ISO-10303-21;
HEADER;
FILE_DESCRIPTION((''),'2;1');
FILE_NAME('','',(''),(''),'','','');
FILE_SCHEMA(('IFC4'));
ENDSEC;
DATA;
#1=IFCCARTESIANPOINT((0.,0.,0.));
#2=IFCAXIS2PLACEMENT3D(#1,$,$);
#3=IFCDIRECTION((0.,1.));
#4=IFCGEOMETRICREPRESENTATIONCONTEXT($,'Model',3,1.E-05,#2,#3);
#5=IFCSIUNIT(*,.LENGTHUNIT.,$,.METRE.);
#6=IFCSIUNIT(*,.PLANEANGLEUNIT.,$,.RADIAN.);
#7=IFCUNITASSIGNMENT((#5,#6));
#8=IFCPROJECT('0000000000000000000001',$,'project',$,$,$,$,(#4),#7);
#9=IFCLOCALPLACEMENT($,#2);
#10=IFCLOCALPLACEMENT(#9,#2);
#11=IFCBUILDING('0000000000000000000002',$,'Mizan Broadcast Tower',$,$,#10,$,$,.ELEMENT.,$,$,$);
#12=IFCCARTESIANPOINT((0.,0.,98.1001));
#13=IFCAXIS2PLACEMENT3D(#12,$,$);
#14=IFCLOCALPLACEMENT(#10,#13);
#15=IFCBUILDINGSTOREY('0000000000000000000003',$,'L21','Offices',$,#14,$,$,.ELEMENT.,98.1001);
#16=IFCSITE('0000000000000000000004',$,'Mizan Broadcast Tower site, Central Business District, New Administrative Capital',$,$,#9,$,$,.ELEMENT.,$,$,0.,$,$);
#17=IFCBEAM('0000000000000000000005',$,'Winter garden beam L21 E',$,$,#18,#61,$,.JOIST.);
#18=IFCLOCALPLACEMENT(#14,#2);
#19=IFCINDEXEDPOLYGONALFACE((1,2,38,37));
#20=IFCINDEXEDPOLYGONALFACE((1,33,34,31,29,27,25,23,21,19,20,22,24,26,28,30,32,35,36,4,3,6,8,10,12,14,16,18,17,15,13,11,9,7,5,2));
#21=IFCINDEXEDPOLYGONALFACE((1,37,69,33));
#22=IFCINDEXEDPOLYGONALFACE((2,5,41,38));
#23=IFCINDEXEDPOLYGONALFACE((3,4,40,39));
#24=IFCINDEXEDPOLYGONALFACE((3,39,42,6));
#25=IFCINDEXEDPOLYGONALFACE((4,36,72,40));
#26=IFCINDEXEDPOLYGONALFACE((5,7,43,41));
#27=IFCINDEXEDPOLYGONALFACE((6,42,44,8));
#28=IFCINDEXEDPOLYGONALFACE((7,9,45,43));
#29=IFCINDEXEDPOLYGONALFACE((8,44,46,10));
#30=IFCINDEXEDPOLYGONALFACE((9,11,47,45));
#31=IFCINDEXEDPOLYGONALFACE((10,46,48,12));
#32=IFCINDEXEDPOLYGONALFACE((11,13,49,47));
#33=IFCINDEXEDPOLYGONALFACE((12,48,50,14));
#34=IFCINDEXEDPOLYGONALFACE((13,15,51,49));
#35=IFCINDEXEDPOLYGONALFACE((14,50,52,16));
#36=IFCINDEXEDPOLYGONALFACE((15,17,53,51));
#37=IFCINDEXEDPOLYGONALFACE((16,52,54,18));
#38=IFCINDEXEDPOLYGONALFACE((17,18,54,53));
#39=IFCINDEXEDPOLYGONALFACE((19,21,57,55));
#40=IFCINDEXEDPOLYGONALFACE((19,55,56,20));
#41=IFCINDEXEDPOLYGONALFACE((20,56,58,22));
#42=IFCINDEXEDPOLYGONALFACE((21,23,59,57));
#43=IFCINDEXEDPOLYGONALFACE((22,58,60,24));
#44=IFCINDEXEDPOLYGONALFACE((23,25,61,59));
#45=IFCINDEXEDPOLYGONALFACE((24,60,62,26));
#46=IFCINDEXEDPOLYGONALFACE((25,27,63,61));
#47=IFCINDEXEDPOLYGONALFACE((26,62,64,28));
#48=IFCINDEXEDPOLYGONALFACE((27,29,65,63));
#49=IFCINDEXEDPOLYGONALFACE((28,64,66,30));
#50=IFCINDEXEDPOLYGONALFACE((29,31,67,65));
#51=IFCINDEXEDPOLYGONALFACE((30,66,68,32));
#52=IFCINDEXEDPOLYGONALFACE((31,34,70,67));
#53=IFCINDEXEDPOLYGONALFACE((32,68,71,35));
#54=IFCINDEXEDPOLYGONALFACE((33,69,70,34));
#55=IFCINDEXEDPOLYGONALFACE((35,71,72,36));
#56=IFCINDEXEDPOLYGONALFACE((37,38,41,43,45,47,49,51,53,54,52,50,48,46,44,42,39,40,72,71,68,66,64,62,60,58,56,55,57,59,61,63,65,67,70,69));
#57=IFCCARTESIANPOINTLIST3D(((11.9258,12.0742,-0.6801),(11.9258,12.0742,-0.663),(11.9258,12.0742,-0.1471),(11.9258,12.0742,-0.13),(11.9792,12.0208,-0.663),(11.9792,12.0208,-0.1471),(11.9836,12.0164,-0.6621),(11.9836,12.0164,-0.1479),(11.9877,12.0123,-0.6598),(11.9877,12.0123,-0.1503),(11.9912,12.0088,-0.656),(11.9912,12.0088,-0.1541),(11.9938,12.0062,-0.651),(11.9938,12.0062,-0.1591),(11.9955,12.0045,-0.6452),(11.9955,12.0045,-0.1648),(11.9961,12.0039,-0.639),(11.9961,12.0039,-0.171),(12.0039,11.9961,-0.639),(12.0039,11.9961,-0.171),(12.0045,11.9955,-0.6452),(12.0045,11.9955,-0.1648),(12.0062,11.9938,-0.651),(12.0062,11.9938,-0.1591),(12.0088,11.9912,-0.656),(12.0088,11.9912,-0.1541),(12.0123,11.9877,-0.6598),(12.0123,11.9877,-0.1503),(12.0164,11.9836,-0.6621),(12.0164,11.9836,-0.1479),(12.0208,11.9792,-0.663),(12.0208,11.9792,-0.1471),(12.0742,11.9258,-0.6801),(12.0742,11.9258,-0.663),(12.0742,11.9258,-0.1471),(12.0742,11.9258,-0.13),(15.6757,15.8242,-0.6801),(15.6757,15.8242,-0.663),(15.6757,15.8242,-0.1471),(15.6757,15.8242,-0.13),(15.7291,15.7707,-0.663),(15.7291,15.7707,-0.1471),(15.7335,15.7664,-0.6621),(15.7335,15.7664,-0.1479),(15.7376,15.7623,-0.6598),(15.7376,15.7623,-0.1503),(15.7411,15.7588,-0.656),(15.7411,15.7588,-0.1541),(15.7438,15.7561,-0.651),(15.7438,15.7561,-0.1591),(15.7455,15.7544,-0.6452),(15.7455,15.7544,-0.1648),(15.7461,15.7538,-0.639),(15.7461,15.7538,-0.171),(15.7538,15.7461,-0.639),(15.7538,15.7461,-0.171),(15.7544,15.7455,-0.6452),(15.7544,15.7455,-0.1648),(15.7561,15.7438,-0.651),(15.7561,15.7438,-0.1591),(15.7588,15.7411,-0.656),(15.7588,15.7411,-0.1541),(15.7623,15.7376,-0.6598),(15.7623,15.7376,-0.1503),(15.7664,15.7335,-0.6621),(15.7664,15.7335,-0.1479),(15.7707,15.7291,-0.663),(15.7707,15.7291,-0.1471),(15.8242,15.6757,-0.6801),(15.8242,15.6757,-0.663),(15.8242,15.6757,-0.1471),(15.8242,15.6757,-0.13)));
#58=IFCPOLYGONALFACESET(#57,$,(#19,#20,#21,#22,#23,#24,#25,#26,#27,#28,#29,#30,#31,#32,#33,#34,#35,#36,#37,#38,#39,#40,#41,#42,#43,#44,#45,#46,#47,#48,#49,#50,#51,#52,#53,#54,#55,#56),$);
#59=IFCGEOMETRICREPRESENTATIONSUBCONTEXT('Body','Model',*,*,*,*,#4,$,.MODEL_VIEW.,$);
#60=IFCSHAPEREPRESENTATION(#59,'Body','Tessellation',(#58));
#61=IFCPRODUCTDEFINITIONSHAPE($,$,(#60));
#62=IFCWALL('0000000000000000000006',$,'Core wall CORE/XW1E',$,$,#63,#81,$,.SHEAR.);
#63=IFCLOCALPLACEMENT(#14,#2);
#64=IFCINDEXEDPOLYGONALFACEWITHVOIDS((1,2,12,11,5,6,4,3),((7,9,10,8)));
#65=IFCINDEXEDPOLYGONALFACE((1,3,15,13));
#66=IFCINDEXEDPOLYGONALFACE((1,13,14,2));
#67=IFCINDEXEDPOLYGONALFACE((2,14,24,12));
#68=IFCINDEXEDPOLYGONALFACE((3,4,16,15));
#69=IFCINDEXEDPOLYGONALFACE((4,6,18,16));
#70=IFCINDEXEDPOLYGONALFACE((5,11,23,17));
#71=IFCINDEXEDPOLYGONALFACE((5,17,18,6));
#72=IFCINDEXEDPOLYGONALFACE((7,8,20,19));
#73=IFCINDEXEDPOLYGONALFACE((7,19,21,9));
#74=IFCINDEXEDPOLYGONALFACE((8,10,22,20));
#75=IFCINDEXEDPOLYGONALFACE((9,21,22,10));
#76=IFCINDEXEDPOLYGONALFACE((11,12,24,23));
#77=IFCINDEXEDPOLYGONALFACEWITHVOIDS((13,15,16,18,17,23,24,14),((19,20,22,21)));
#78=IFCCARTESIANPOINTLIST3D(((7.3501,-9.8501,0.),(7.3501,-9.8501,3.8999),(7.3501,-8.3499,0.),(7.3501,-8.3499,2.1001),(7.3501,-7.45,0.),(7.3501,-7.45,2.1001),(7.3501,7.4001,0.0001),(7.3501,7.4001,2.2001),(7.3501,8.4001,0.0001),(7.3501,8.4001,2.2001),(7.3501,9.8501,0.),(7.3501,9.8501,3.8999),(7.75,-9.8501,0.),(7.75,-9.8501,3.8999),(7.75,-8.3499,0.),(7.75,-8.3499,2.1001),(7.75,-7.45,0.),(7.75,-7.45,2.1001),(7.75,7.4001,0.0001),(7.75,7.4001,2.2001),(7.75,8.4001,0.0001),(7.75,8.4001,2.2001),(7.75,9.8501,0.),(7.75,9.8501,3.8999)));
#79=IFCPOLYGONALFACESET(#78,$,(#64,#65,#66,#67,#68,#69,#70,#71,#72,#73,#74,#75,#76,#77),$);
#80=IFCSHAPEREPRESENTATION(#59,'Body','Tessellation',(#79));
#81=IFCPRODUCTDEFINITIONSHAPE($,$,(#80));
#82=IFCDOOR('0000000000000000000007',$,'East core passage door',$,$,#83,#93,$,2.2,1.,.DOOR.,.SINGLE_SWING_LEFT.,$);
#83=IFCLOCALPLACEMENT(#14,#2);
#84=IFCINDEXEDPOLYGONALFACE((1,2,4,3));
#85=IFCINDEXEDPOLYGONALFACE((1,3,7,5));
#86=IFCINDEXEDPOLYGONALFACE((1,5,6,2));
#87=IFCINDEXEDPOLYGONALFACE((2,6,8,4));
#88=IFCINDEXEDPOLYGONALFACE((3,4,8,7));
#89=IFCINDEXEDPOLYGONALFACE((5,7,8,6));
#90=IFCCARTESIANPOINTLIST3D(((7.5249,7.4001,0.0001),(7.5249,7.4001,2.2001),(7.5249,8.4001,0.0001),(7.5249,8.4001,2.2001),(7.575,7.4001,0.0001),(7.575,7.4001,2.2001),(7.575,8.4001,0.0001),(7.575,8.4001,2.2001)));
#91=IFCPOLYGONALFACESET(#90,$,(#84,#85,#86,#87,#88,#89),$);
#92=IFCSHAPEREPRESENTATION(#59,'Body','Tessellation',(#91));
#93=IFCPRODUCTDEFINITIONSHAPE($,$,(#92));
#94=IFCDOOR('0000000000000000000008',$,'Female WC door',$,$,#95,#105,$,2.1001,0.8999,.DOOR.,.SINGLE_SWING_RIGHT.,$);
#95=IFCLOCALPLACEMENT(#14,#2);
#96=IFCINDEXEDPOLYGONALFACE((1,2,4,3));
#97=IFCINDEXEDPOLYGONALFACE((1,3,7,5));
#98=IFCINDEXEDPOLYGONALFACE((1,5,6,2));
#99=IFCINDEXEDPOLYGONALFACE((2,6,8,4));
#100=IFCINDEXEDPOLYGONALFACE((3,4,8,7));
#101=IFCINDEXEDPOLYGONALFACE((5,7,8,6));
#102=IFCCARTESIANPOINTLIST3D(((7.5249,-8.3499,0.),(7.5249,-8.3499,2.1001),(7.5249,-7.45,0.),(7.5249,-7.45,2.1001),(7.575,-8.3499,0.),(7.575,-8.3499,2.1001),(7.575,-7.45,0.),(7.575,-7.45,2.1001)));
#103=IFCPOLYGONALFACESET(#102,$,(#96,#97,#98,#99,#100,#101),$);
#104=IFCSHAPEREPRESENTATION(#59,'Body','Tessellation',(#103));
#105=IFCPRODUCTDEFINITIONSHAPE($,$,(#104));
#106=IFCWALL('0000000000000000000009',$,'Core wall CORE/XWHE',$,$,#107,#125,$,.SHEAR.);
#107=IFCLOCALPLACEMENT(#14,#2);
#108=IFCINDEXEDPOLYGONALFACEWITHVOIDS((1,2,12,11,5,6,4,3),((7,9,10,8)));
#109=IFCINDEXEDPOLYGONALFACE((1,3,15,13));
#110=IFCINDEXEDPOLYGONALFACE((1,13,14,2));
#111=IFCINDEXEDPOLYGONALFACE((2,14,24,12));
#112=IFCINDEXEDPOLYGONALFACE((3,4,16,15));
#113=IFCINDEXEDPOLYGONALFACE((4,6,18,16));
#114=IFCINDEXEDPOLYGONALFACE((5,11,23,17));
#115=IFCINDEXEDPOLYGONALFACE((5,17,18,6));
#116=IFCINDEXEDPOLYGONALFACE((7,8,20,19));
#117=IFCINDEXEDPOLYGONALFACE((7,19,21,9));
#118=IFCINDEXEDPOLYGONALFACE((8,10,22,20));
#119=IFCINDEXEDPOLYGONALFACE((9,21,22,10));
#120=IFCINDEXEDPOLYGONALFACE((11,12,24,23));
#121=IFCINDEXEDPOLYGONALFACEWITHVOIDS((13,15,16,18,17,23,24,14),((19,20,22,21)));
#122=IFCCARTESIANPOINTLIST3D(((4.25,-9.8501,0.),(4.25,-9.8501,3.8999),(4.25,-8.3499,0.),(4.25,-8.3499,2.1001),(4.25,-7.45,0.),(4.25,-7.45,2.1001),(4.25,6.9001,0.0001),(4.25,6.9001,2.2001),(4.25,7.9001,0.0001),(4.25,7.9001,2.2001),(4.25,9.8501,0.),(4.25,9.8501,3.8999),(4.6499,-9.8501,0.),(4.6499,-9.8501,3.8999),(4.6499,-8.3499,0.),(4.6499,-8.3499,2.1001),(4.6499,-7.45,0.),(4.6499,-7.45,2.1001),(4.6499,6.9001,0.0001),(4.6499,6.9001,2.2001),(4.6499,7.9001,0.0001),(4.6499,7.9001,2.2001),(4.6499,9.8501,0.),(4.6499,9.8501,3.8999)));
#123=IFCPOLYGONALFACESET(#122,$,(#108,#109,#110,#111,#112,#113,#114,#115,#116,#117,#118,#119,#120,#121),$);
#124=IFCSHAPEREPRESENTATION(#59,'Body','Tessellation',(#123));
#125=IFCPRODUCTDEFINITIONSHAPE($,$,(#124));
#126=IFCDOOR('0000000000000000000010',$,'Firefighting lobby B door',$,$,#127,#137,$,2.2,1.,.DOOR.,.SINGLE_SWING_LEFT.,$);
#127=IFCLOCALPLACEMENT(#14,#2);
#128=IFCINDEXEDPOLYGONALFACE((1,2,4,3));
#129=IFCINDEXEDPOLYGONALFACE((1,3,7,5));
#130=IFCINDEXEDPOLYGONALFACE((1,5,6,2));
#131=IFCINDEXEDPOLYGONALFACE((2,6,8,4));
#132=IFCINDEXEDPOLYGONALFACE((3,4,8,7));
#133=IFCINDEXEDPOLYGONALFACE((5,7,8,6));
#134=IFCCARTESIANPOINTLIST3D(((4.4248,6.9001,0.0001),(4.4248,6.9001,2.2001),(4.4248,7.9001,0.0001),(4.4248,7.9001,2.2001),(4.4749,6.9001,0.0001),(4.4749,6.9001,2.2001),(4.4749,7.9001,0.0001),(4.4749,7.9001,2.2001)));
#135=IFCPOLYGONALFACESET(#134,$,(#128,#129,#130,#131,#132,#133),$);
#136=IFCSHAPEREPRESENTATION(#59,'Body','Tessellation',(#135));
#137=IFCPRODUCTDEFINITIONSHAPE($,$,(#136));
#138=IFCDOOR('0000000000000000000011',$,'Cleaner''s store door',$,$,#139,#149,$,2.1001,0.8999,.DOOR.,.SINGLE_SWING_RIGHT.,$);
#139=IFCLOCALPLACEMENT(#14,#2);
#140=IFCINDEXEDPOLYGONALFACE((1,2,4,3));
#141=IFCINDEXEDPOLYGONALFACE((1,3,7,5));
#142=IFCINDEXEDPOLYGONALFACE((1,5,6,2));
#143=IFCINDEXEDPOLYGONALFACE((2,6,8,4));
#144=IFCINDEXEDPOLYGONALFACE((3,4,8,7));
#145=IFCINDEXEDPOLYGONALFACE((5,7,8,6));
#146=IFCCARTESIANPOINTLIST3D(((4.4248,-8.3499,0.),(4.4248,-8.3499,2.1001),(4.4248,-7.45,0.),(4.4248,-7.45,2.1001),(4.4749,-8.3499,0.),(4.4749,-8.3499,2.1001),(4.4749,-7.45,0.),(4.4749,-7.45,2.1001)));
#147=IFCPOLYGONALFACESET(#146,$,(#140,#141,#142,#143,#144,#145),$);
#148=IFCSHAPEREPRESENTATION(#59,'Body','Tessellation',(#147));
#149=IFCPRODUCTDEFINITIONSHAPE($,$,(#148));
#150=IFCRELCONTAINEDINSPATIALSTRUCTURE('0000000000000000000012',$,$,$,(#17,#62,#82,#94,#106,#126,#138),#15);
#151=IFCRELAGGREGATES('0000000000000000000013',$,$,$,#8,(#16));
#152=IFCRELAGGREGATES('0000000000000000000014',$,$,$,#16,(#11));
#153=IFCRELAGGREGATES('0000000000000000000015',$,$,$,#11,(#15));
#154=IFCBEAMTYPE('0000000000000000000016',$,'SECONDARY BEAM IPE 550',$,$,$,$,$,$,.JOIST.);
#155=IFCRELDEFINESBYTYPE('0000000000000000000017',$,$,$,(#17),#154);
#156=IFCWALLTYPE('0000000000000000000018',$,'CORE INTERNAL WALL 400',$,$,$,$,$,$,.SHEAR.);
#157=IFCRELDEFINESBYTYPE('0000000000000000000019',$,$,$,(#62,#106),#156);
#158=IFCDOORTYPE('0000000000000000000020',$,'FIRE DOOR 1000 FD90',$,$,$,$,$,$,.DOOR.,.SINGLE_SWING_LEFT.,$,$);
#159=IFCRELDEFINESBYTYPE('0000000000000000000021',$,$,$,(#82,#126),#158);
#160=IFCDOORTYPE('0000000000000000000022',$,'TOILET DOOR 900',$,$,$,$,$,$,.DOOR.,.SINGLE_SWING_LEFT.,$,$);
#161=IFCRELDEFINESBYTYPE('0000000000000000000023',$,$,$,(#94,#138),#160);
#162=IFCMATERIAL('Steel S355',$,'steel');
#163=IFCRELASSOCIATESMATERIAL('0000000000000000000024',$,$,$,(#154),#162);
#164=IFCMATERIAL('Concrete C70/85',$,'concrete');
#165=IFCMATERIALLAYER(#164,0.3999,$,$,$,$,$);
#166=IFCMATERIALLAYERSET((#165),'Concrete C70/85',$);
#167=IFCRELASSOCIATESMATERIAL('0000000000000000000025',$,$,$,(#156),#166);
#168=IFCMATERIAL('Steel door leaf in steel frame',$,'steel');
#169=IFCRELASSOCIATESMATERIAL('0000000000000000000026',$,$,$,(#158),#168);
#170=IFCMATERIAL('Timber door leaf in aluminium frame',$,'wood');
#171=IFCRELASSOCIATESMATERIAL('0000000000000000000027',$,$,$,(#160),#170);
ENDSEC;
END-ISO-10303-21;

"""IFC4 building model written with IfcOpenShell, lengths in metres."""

from ifc_helpers import new_model, si_unit, direction, frame, frame_2d, origin, origin_2d, place, context, subcontext, project, spatial, rectangle, i_section, extrude, material, layer, layer_set, material_profile, profile_set, type_object, element, fill, save


model = new_model("IFC4")

# Units and contexts
model_context = context("Model", 3, precision=1e-05, world=origin(), true_north=direction((0.0, 1.0)))
body_context = subcontext(model_context, "Body", "Model", "MODEL_VIEW")
ifc_project = project(units=[si_unit("LENGTHUNIT", "METRE"), si_unit("PLANEANGLEUNIT", "RADIAN")], contexts=[model_context])

# Site, building, storey
site_placement = place(None, origin())
site = spatial("IfcSite", under=ifc_project, at=site_placement, Name="Mizan Broadcast Tower site, Central Business District, New Administrative Capital", CompositionType="ELEMENT", RefElevation=0.0)
building_placement = place(site_placement, origin())
building = spatial("IfcBuilding", under=site, at=building_placement, Name="Mizan Broadcast Tower", CompositionType="ELEMENT")
storey_placement = place(building_placement, frame((0.0, 0.0, 98.1001)))
storey = spatial("IfcBuildingStorey", under=building, at=storey_placement, Name="L21", Description="Offices", CompositionType="ELEMENT", Elevation=98.1001)

# Beam
ifc_material_1 = material(Name="Steel S355", Category="steel")
ifc_material_profile_1 = material_profile(ifc_material_1, i_section(OverallWidth=0.21, OverallDepth=0.55, WebThickness=0.011, FlangeThickness=0.0171, FilletRadius=0.0239, at=origin_2d()), Name="IPE 550")
ifc_profile_set_1 = profile_set([ifc_material_profile_1], Name="Steel S355")
beam_type_1 = type_object("IfcBeamType", Name="SECONDARY BEAM IPE 550", PredefinedType="JOIST", material=ifc_profile_set_1)
beam_1_placement = place(storey_placement, frame((12.0, 12.0, -0.405), z_axis=(0.707107, 0.707107, 0.0), x_axis=(-0.707107, 0.707107, 0.0)))
element("IfcBeam", 1, at=beam_1_placement, inside=storey, type_object=beam_type_1, Name="Winter garden beam L21 E", PredefinedType="JOIST", context=body_context, shape_type="SweptSolid", body=[
    extrude(i_section(OverallWidth=0.21, OverallDepth=0.55, WebThickness=0.011, FlangeThickness=0.0171, FilletRadius=0.0239, at=origin_2d()), origin(), (0.0, 0.0, 1.0), 5.3032),
])

# Walls, openings, doors
ifc_material_2 = material(Name="Concrete C70/85", Category="concrete")
ifc_layer_1 = layer(ifc_material_2, 0.3999)
ifc_layer_set_1 = layer_set([ifc_layer_1], Name="Concrete C70/85")
wall_type_1 = type_object("IfcWallType", Name="CORE INTERNAL WALL 400", PredefinedType="SHEAR", material=ifc_layer_set_1)
wall_1_placement = place(storey_placement, frame((7.55, 9.8501, 0.0), z_axis=(0.0, 0.0, 1.0), x_axis=(0.0, -1.0, 0.0)))
wall_1 = element("IfcWall", 2, at=wall_1_placement, inside=storey, type_object=wall_type_1, Name="Core wall CORE/XW1E", PredefinedType="SHEAR", context=body_context, shape_type="SweptSolid", body=[
    extrude(rectangle(XDim=19.7002, YDim=0.3999, at=frame_2d((9.8501, 0.0))), origin(), (0.0, 0.0, 1.0), 3.8999),
])
opening_1_placement = place(wall_1_placement, frame((1.45, 0.0, 0.0)))
opening_1 = element("IfcOpeningElement", 3, at=opening_1_placement, cuts=wall_1, PredefinedType="OPENING", context=body_context, shape_type="SweptSolid", body=[
    extrude(rectangle(XDim=1.0, YDim=2.2, at=frame_2d((0.5, 1.1001))), frame((0.0, 0.21, 0.0), z_axis=(0.0, -1.0, 0.0), x_axis=(1.0, 0.0, 0.0)), (0.0, 0.0, 1.0), 0.4199),
])
opening_2_placement = place(wall_1_placement, frame((17.3, 0.0, 0.0)))
opening_2 = element("IfcOpeningElement", 4, at=opening_2_placement, cuts=wall_1, PredefinedType="OPENING", context=body_context, shape_type="SweptSolid", body=[
    extrude(rectangle(XDim=0.8999, YDim=2.1001, at=frame_2d((0.45, 1.05))), frame((0.0, 0.21, 0.0), z_axis=(0.0, -1.0, 0.0), x_axis=(1.0, 0.0, 0.0)), (0.0, 0.0, 1.0), 0.4199),
])
ifc_material_3 = material(Name="Steel door leaf in steel frame", Category="steel")
door_type_1 = type_object("IfcDoorType", Name="FIRE DOOR 1000 FD90", OperationType="SINGLE_SWING_LEFT", PredefinedType="DOOR", material=ifc_material_3)
door_1_placement = place(opening_1_placement, origin())
door_1 = element("IfcDoor", 5, at=door_1_placement, inside=storey, type_object=door_type_1, Name="East core passage door", OperationType="SINGLE_SWING_LEFT", OverallHeight=2.2, OverallWidth=1.0, PredefinedType="DOOR", context=body_context, shape_type="SweptSolid", body=[
    extrude(rectangle(XDim=1.0, YDim=2.2, at=frame_2d((0.5, 1.1001))), frame((0.0, 0.0249, 0.0), z_axis=(0.0, -1.0, 0.0), x_axis=(1.0, 0.0, 0.0)), (0.0, 0.0, 1.0), 0.05),
])
fill(opening_1, door_1)
ifc_material_4 = material(Name="Timber door leaf in aluminium frame", Category="wood")
door_type_2 = type_object("IfcDoorType", Name="TOILET DOOR 900", OperationType="SINGLE_SWING_LEFT", PredefinedType="DOOR", material=ifc_material_4)
door_2_placement = place(opening_2_placement, origin())
door_2 = element("IfcDoor", 6, at=door_2_placement, inside=storey, type_object=door_type_2, Name="Female WC door", OperationType="SINGLE_SWING_RIGHT", OverallHeight=2.1001, OverallWidth=0.8999, PredefinedType="DOOR", context=body_context, shape_type="SweptSolid", body=[
    extrude(rectangle(XDim=0.8999, YDim=2.1001, at=frame_2d((0.45, 1.05))), frame((0.0, 0.0249, 0.0), z_axis=(0.0, -1.0, 0.0), x_axis=(1.0, 0.0, 0.0)), (0.0, 0.0, 1.0), 0.05),
])
fill(opening_2, door_2)
wall_2_placement = place(storey_placement, frame((4.45, 9.8501, 0.0), z_axis=(0.0, 0.0, 1.0), x_axis=(0.0, -1.0, 0.0)))
wall_2 = element("IfcWall", 7, at=wall_2_placement, inside=storey, type_object=wall_type_1, Name="Core wall CORE/XWHE", PredefinedType="SHEAR", context=body_context, shape_type="SweptSolid", body=[
    extrude(rectangle(XDim=19.7002, YDim=0.3999, at=frame_2d((9.8501, 0.0))), origin(), (0.0, 0.0, 1.0), 3.8999),
])
opening_3_placement = place(wall_2_placement, frame((1.95, 0.0, 0.0)))
opening_3 = element("IfcOpeningElement", 8, at=opening_3_placement, cuts=wall_2, PredefinedType="OPENING", context=body_context, shape_type="SweptSolid", body=[
    extrude(rectangle(XDim=1.0, YDim=2.2, at=frame_2d((0.5, 1.1001))), frame((0.0, 0.21, 0.0), z_axis=(0.0, -1.0, 0.0), x_axis=(1.0, 0.0, 0.0)), (0.0, 0.0, 1.0), 0.4199),
])
opening_4_placement = place(wall_2_placement, frame((17.3, 0.0, 0.0)))
opening_4 = element("IfcOpeningElement", 9, at=opening_4_placement, cuts=wall_2, PredefinedType="OPENING", context=body_context, shape_type="SweptSolid", body=[
    extrude(rectangle(XDim=0.8999, YDim=2.1001, at=frame_2d((0.45, 1.05))), frame((0.0, 0.21, 0.0), z_axis=(0.0, -1.0, 0.0), x_axis=(1.0, 0.0, 0.0)), (0.0, 0.0, 1.0), 0.4199),
])
door_3_placement = place(opening_3_placement, origin())
door_3 = element("IfcDoor", 10, at=door_3_placement, inside=storey, type_object=door_type_1, Name="Firefighting lobby B door", OperationType="SINGLE_SWING_LEFT", OverallHeight=2.2, OverallWidth=1.0, PredefinedType="DOOR", context=body_context, shape_type="SweptSolid", body=[
    extrude(rectangle(XDim=1.0, YDim=2.2, at=frame_2d((0.5, 1.1001))), frame((0.0, 0.0249, 0.0), z_axis=(0.0, -1.0, 0.0), x_axis=(1.0, 0.0, 0.0)), (0.0, 0.0, 1.0), 0.05),
])
fill(opening_3, door_3)
door_4_placement = place(opening_4_placement, origin())
door_4 = element("IfcDoor", 11, at=door_4_placement, inside=storey, type_object=door_type_2, Name="Cleaner's store door", OperationType="SINGLE_SWING_RIGHT", OverallHeight=2.1001, OverallWidth=0.8999, PredefinedType="DOOR", context=body_context, shape_type="SweptSolid", body=[
    extrude(rectangle(XDim=0.8999, YDim=2.1001, at=frame_2d((0.45, 1.05))), frame((0.0, 0.0249, 0.0), z_axis=(0.0, -1.0, 0.0), x_axis=(1.0, 0.0, 0.0)), (0.0, 0.0, 1.0), 0.05),
])
fill(opening_4, door_4)

save(model, "model.ifc")
